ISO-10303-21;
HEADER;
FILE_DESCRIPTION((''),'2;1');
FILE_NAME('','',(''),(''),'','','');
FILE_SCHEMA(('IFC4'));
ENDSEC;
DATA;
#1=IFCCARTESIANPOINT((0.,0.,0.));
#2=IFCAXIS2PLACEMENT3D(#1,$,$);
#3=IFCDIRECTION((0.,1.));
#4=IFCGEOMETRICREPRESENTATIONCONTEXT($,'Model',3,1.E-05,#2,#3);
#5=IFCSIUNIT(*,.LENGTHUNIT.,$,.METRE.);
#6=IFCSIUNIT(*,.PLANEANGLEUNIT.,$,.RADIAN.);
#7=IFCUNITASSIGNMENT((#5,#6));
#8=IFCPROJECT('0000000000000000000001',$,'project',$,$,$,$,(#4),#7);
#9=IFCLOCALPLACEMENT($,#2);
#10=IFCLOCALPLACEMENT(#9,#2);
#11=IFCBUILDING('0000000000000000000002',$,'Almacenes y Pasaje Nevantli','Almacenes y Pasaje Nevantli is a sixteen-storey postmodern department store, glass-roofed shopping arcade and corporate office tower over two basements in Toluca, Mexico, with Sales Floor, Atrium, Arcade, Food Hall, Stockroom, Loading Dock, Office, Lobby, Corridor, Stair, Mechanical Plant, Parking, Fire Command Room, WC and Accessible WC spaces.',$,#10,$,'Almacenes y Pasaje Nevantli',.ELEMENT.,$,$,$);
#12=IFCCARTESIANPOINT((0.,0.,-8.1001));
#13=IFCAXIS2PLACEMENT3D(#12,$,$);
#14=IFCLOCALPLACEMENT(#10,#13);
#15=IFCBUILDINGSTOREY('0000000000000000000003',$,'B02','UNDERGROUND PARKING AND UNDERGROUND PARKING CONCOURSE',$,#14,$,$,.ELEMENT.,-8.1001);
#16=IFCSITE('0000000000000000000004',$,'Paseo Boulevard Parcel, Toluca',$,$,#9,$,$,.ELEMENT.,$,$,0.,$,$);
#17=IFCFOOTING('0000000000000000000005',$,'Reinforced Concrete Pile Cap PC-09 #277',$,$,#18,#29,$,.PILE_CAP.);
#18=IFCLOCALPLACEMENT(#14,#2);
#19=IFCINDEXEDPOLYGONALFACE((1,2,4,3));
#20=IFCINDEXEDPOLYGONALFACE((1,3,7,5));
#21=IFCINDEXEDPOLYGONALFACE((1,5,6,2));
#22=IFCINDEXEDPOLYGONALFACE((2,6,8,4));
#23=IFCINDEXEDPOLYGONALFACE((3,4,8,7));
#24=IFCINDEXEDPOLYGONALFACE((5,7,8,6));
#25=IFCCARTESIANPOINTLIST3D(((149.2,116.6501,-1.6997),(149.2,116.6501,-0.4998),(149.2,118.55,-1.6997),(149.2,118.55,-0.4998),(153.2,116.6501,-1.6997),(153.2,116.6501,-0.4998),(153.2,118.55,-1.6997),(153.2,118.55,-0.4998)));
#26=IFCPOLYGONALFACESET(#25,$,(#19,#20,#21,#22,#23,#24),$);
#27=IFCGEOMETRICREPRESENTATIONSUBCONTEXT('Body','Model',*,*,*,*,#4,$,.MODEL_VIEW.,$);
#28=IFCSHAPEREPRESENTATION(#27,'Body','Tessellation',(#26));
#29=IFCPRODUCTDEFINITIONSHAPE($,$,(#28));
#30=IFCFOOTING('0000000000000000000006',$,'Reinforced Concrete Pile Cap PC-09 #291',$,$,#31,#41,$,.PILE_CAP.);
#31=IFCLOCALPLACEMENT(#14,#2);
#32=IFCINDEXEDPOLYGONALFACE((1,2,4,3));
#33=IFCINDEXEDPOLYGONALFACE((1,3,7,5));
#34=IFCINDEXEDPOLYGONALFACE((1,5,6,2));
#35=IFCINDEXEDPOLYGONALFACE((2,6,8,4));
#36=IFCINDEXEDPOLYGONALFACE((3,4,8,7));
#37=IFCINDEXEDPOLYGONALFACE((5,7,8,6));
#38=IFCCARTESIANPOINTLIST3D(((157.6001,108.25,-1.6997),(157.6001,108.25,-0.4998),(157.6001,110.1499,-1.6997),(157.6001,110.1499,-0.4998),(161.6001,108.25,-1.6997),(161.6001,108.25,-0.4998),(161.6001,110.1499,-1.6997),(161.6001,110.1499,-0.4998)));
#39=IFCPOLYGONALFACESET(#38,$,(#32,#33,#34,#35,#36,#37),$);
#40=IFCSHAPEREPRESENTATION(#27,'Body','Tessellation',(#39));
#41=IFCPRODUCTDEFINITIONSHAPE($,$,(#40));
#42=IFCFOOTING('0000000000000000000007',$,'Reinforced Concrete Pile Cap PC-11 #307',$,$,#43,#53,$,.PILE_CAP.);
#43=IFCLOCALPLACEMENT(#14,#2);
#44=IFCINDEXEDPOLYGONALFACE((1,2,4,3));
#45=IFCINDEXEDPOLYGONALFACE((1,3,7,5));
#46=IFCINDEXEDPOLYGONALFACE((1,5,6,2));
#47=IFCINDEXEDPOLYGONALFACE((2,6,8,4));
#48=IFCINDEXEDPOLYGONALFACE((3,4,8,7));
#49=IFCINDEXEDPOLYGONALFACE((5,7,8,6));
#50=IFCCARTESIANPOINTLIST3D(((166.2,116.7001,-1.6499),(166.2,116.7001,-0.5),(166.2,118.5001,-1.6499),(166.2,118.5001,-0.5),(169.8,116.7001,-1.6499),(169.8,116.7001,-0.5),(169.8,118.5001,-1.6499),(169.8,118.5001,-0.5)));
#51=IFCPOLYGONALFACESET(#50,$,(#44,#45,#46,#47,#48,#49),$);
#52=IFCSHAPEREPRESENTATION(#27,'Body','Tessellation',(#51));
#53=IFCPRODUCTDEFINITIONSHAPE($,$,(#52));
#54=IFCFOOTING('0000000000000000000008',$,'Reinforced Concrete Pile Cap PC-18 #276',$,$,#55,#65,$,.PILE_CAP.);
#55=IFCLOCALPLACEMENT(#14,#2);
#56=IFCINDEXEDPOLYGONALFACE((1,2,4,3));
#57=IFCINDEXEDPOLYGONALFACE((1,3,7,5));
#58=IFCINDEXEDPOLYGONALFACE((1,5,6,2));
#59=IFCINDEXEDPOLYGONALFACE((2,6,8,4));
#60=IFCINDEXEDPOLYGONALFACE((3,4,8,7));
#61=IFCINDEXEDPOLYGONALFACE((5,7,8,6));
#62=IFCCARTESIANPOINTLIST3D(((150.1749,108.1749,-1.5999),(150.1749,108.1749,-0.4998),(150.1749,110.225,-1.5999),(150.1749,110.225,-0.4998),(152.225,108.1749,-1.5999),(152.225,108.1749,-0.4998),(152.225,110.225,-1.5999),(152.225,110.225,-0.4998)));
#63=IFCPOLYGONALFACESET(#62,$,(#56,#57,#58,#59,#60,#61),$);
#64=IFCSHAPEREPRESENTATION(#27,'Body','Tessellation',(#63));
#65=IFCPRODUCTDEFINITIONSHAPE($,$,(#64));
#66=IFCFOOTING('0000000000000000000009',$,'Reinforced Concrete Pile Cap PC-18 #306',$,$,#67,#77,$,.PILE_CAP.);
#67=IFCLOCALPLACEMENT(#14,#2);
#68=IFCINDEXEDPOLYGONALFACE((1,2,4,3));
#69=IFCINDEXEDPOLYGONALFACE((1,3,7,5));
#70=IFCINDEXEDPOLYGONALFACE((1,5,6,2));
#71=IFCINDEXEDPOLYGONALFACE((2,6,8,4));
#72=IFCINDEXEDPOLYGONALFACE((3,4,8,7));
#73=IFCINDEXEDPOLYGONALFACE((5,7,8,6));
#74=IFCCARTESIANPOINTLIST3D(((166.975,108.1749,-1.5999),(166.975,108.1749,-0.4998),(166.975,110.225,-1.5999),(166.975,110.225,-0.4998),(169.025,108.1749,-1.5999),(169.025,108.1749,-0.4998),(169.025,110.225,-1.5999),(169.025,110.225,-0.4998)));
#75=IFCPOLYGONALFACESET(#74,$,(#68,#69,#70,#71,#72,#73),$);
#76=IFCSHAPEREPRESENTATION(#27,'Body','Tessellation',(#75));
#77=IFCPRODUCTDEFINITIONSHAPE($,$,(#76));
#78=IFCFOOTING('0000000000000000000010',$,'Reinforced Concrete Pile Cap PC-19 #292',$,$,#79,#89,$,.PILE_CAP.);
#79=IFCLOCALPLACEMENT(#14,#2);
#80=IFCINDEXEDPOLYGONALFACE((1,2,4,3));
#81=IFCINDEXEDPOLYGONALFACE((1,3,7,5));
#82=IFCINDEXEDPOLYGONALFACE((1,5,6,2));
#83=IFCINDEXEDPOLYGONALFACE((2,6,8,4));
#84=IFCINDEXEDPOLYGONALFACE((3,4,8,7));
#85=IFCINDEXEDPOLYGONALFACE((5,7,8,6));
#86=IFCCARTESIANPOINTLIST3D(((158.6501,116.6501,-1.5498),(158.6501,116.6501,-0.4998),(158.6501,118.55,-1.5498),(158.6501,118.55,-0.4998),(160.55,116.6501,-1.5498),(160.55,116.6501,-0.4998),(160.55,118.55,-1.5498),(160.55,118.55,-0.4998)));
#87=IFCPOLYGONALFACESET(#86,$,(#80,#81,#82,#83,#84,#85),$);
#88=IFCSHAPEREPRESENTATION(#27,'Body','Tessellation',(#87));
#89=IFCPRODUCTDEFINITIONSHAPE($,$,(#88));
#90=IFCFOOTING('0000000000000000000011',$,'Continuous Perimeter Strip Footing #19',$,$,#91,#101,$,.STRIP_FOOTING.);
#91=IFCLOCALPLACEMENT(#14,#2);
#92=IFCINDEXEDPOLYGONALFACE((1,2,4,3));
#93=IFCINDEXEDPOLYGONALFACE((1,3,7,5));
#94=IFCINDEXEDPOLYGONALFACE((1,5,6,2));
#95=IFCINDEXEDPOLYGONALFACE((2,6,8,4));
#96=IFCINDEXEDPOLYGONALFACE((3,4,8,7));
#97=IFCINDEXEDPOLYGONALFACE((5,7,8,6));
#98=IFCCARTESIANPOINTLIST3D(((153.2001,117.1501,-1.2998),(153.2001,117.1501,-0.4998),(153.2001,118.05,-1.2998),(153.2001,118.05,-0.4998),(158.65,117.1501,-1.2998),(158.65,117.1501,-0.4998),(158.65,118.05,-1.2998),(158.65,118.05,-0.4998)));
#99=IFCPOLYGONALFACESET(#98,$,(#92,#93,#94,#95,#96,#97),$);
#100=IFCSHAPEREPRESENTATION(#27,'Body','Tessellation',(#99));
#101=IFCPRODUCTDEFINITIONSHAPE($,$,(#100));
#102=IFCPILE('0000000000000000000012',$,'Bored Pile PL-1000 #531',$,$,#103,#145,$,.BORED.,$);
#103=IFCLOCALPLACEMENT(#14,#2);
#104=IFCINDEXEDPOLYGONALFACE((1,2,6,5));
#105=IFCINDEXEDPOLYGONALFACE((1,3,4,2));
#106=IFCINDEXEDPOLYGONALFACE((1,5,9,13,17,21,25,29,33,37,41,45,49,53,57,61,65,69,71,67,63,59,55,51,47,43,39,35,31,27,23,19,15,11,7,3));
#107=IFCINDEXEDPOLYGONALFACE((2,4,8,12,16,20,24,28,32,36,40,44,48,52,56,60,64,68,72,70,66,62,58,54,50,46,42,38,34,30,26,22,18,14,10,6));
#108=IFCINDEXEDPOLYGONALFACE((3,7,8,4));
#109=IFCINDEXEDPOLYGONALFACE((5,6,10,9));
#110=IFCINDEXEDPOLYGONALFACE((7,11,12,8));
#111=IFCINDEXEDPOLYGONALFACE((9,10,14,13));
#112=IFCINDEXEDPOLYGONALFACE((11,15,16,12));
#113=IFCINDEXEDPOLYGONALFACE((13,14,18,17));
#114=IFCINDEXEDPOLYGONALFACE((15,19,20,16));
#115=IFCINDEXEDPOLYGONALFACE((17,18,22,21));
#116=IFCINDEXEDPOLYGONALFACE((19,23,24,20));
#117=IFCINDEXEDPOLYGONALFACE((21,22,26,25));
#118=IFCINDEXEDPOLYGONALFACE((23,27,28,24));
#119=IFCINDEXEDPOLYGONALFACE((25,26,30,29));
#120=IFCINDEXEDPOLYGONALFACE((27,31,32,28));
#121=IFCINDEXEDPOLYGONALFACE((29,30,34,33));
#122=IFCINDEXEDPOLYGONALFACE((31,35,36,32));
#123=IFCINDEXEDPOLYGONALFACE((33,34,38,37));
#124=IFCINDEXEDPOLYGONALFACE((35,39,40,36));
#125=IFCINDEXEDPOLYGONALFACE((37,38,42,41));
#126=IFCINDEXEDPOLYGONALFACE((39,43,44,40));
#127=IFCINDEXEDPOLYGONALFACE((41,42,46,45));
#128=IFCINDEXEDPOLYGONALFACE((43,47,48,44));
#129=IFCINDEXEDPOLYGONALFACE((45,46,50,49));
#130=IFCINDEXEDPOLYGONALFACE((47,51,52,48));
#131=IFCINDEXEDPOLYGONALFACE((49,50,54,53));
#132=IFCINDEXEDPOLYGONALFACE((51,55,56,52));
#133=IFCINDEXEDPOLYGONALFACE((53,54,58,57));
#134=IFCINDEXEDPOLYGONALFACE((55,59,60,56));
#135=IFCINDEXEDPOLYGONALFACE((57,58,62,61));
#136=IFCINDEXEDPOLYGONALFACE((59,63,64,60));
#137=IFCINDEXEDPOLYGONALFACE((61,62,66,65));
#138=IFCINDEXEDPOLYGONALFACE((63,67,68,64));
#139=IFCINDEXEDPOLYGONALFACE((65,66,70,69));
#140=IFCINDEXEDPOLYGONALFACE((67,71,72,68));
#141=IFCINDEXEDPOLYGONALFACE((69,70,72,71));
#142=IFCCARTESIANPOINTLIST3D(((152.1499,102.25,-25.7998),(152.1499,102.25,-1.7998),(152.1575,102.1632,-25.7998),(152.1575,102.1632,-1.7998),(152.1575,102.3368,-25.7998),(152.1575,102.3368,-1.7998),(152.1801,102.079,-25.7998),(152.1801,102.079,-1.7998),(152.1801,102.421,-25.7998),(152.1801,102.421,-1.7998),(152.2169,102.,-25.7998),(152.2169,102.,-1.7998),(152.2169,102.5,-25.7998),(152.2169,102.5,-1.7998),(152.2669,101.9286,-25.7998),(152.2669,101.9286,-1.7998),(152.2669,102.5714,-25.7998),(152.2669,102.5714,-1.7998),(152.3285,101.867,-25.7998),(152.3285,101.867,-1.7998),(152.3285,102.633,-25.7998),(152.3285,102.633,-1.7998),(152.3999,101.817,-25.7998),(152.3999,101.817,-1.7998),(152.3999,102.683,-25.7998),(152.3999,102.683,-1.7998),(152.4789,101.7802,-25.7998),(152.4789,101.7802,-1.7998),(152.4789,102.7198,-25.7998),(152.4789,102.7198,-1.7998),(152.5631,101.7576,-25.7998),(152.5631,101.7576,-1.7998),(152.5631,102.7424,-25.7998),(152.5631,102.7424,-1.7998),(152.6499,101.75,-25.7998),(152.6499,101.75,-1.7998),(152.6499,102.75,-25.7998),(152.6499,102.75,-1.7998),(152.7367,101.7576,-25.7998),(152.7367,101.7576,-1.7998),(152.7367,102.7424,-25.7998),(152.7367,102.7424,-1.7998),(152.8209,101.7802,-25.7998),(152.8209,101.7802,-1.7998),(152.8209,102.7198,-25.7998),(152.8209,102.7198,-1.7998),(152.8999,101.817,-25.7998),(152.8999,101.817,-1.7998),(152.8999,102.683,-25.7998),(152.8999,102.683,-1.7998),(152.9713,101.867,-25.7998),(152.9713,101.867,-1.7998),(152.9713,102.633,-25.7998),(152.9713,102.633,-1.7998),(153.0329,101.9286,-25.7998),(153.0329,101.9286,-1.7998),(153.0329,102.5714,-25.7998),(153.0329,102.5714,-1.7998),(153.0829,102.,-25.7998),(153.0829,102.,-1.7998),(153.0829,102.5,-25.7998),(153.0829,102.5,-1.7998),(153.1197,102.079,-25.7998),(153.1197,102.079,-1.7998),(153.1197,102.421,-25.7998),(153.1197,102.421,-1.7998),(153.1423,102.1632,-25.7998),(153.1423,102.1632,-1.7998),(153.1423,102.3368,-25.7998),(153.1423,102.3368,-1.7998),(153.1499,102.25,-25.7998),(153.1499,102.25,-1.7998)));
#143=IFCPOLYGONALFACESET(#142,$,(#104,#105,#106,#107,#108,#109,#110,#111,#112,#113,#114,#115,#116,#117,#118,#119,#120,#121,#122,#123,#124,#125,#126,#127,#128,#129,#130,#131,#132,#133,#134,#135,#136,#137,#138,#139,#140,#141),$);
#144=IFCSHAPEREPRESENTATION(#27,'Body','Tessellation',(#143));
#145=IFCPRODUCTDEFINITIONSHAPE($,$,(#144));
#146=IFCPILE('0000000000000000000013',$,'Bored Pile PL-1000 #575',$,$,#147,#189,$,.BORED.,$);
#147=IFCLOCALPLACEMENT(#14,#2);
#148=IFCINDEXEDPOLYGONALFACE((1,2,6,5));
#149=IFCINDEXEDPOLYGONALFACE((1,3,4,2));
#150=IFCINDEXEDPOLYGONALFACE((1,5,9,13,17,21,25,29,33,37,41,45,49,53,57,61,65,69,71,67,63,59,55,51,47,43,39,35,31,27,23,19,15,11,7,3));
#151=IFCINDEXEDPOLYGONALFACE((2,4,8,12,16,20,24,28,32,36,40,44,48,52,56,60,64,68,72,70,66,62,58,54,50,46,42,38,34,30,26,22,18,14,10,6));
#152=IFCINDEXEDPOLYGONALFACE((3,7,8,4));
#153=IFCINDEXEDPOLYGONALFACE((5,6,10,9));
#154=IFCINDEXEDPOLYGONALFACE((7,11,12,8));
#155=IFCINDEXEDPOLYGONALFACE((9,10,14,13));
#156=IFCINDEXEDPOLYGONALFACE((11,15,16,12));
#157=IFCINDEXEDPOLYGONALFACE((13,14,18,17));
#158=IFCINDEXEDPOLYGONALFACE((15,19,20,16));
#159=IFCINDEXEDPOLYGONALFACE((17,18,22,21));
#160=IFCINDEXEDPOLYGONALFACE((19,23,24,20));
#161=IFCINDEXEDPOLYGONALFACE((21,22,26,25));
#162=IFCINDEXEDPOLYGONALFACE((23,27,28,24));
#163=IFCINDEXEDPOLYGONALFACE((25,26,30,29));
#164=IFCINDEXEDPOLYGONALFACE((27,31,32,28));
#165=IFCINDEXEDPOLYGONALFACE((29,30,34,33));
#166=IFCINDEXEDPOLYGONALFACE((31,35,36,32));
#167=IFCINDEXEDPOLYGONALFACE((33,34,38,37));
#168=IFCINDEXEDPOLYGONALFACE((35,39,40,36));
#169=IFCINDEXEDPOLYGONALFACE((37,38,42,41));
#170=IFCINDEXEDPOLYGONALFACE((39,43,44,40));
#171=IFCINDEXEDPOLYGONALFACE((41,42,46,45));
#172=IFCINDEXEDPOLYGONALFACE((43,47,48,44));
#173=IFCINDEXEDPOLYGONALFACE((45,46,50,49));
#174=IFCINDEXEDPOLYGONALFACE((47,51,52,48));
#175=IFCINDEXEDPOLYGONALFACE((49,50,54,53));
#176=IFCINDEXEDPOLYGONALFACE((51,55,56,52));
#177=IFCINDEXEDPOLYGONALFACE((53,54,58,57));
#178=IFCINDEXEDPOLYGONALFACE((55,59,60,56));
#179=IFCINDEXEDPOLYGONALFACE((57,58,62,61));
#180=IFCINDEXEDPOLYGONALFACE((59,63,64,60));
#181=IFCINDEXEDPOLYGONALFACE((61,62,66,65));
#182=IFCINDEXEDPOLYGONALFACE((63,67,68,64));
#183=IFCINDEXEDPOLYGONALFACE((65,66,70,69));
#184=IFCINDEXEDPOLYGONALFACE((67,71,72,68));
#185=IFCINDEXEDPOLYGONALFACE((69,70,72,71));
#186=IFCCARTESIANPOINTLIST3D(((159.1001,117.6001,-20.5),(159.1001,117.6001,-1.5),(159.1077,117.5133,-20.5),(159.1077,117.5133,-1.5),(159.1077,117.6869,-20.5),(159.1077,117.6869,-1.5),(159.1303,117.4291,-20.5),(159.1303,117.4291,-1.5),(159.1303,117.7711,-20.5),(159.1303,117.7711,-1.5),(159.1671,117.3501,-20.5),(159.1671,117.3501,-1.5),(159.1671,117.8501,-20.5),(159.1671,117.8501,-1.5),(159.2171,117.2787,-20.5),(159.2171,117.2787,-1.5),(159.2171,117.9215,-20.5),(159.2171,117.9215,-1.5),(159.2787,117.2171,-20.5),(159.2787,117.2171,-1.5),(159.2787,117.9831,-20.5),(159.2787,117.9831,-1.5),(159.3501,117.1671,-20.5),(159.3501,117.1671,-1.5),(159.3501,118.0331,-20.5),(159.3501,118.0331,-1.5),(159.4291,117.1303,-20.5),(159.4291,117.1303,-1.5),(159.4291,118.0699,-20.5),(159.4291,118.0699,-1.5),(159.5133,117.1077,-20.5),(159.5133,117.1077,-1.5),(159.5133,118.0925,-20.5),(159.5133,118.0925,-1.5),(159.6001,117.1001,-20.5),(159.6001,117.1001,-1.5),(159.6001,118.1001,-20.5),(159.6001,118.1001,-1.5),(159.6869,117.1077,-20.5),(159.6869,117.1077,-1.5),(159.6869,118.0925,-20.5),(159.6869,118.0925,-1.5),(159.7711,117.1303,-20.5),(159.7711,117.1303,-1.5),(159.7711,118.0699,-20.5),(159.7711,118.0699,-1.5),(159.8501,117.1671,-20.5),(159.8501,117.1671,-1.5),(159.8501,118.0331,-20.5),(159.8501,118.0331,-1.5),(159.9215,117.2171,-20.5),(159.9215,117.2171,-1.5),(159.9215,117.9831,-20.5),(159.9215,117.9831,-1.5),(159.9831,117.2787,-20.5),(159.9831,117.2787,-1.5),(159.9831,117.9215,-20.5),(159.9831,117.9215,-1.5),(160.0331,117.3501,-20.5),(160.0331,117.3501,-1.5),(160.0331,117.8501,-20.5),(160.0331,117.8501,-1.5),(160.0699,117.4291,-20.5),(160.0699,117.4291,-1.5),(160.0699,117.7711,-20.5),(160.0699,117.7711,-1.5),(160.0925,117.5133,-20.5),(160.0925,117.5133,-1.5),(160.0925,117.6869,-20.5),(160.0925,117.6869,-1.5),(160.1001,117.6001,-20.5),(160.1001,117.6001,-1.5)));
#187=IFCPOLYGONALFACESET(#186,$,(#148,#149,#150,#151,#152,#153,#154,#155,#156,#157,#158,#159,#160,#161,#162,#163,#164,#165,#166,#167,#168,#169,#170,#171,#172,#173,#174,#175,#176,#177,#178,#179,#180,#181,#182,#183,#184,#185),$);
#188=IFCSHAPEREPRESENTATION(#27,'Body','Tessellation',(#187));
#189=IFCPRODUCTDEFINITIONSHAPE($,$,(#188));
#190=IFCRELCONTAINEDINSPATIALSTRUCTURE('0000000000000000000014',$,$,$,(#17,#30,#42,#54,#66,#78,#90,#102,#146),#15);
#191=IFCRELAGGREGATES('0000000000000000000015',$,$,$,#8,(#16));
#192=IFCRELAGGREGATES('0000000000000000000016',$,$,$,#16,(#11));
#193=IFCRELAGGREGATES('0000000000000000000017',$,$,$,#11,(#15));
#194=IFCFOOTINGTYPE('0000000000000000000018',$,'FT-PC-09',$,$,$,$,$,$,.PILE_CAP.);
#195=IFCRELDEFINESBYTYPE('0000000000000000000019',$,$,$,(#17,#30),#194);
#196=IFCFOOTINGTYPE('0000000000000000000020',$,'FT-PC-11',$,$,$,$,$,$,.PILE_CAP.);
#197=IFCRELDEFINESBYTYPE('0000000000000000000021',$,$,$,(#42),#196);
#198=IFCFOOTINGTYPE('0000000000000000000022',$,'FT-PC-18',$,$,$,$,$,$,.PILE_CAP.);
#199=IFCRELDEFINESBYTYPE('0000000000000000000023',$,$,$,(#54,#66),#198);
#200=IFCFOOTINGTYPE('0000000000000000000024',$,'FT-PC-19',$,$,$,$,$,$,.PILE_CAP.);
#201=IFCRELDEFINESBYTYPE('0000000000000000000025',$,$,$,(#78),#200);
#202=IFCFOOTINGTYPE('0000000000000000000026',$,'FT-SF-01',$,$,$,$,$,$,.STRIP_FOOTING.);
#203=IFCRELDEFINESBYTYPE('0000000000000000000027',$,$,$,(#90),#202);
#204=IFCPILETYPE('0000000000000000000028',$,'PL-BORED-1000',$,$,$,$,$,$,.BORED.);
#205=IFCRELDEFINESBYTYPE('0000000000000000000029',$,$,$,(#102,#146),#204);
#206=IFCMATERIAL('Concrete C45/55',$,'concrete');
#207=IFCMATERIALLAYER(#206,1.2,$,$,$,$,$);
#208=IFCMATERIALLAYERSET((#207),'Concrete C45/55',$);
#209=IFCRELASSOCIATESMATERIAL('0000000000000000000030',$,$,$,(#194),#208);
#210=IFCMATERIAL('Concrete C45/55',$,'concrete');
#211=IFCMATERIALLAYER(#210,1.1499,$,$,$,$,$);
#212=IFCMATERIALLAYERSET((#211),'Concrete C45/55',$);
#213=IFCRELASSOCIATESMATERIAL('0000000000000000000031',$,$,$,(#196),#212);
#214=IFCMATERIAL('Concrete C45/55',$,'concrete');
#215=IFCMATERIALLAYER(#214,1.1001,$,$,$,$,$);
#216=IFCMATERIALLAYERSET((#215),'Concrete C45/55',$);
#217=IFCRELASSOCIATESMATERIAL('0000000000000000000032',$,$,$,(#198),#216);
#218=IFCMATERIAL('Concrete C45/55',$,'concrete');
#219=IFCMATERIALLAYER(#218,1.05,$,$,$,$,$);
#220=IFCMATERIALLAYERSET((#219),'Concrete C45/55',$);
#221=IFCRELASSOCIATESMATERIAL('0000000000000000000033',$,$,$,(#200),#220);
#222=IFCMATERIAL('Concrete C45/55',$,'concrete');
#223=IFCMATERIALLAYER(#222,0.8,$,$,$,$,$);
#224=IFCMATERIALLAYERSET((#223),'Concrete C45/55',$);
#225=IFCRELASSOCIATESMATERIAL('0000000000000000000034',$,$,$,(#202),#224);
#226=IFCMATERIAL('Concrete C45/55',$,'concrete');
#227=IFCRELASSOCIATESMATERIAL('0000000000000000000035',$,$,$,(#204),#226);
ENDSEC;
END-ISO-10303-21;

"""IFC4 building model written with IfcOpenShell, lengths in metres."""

from ifc_helpers import new_model, si_unit, direction, frame, origin, origin_2d, place, context, subcontext, project, spatial, rectangle, circle, extrude, material, layer, layer_set, material_profile, profile_set, type_object, element, save


model = new_model("IFC4")

# Units and contexts
model_context = context("Model", 3, precision=1e-05, world=origin(), true_north=direction((0.0, 1.0)))
body_context = subcontext(model_context, "Body", "Model", "MODEL_VIEW")
ifc_project = project(units=[si_unit("LENGTHUNIT", "METRE"), si_unit("PLANEANGLEUNIT", "RADIAN")], contexts=[model_context])

# Site, building, storey
site_placement = place(None, origin())
site = spatial("IfcSite", under=ifc_project, at=site_placement, Name="Paseo Boulevard Parcel, Toluca", CompositionType="ELEMENT", RefElevation=0.0)
building_placement = place(site_placement, origin())
building = spatial("IfcBuilding", under=site, at=building_placement, Name="Almacenes y Pasaje Nevantli", Description="Almacenes y Pasaje Nevantli is a sixteen-storey postmodern department store, glass-roofed shopping arcade and corporate office tower over two basements in Toluca, Mexico, with Sales Floor, Atrium, Arcade, Food Hall, Stockroom, Loading Dock, Office, Lobby, Corridor, Stair, Mechanical Plant, Parking, Fire Command Room, WC and Accessible WC spaces.", LongName="Almacenes y Pasaje Nevantli", CompositionType="ELEMENT")
storey_placement = place(building_placement, frame((0.0, 0.0, -8.1001)))
storey = spatial("IfcBuildingStorey", under=building, at=storey_placement, Name="B02", Description="UNDERGROUND PARKING AND UNDERGROUND PARKING CONCOURSE", CompositionType="ELEMENT", Elevation=-8.1001)

# Footings
ifc_material_1 = material(Name="Concrete C45/55", Category="concrete")
ifc_layer_1 = layer(ifc_material_1, 1.2)
ifc_layer_set_1 = layer_set([ifc_layer_1], Name="Concrete C45/55")
footing_type_1 = type_object("IfcFootingType", Name="FT-PC-09", PredefinedType="PILE_CAP", material=ifc_layer_set_1)
for number, where, z_axis, x_axis, name in (
    (1, (151.2, 117.6001, -1.6997), (0.0, 0.0, 1.0), (1.0, 0.0, 0.0), "Reinforced Concrete Pile Cap PC-09 #277"),
    (2, (159.6001, 109.2, -1.6997), (0.0, 0.0, 1.0), (1.0, 0.0, 0.0), "Reinforced Concrete Pile Cap PC-09 #291"),
):
    element("IfcFooting", number, at=place(storey_placement, frame(where, z_axis=z_axis, x_axis=x_axis)), inside=storey, type_object=footing_type_1, Name=name, PredefinedType="PILE_CAP", context=body_context, shape_type="SweptSolid", body=[
        extrude(rectangle(XDim=4.0, YDim=1.8999, at=origin_2d()), origin(), (0.0, 0.0, 1.0), 1.2),
    ])
ifc_material_2 = material(Name="Concrete C45/55", Category="concrete")
ifc_layer_2 = layer(ifc_material_2, 1.1499)
ifc_layer_set_2 = layer_set([ifc_layer_2], Name="Concrete C45/55")
footing_type_2 = type_object("IfcFootingType", Name="FT-PC-11", PredefinedType="PILE_CAP", material=ifc_layer_set_2)
footing_1_placement = place(storey_placement, frame((168.0, 117.6001, -1.6499), z_axis=(0.0, 0.0, 1.0), x_axis=(1.0, 0.0, 0.0)))
element("IfcFooting", 3, at=footing_1_placement, inside=storey, type_object=footing_type_2, Name="Reinforced Concrete Pile Cap PC-11 #307", PredefinedType="PILE_CAP", context=body_context, shape_type="SweptSolid", body=[
    extrude(rectangle(XDim=3.6001, YDim=1.8, at=origin_2d()), origin(), (0.0, 0.0, 1.0), 1.1499),
])
ifc_material_3 = material(Name="Concrete C45/55", Category="concrete")
ifc_layer_3 = layer(ifc_material_3, 1.1001)
ifc_layer_set_3 = layer_set([ifc_layer_3], Name="Concrete C45/55")
footing_type_3 = type_object("IfcFootingType", Name="FT-PC-18", PredefinedType="PILE_CAP", material=ifc_layer_set_3)
for number, where, z_axis, x_axis, name in (
    (4, (151.2, 109.2, -1.5999), (0.0, 0.0, 1.0), (1.0, 0.0, 0.0), "Reinforced Concrete Pile Cap PC-18 #276"),
    (5, (168.0, 109.2, -1.5999), (0.0, 0.0, 1.0), (1.0, 0.0, 0.0), "Reinforced Concrete Pile Cap PC-18 #306"),
):
    element("IfcFooting", number, at=place(storey_placement, frame(where, z_axis=z_axis, x_axis=x_axis)), inside=storey, type_object=footing_type_3, Name=name, PredefinedType="PILE_CAP", context=body_context, shape_type="SweptSolid", body=[
        extrude(rectangle(XDim=2.05, YDim=2.05, at=origin_2d()), origin(), (0.0, 0.0, 1.0), 1.1001),
    ])
ifc_material_4 = material(Name="Concrete C45/55", Category="concrete")
ifc_layer_4 = layer(ifc_material_4, 1.05)
ifc_layer_set_4 = layer_set([ifc_layer_4], Name="Concrete C45/55")
footing_type_4 = type_object("IfcFootingType", Name="FT-PC-19", PredefinedType="PILE_CAP", material=ifc_layer_set_4)
footing_2_placement = place(storey_placement, frame((159.6001, 117.6001, -1.5498), z_axis=(0.0, 0.0, 1.0), x_axis=(1.0, 0.0, 0.0)))
element("IfcFooting", 6, at=footing_2_placement, inside=storey, type_object=footing_type_4, Name="Reinforced Concrete Pile Cap PC-19 #292", PredefinedType="PILE_CAP", context=body_context, shape_type="SweptSolid", body=[
    extrude(rectangle(XDim=1.8999, YDim=1.8999, at=origin_2d()), origin(), (0.0, 0.0, 1.0), 1.05),
])
ifc_material_5 = material(Name="Concrete C45/55", Category="concrete")
ifc_layer_5 = layer(ifc_material_5, 0.8)
ifc_layer_set_5 = layer_set([ifc_layer_5], Name="Concrete C45/55")
footing_type_5 = type_object("IfcFootingType", Name="FT-SF-01", PredefinedType="STRIP_FOOTING", material=ifc_layer_set_5)
footing_3_placement = place(storey_placement, frame((155.925, 117.6001, -1.2998), z_axis=(0.0, 0.0, 1.0), x_axis=(1.0, 0.0, 0.0)))
element("IfcFooting", 7, at=footing_3_placement, inside=storey, type_object=footing_type_5, Name="Continuous Perimeter Strip Footing #19", PredefinedType="STRIP_FOOTING", context=body_context, shape_type="SweptSolid", body=[
    extrude(rectangle(XDim=5.45, YDim=0.8999, at=origin_2d()), origin(), (0.0, 0.0, 1.0), 0.8),
])

# Piles
ifc_material_6 = material(Name="Concrete C45/55", Category="concrete")
ifc_material_profile_1 = material_profile(ifc_material_6, circle(Radius=0.5, at=origin_2d()), Name="RC-PILE-D1000")
ifc_profile_set_1 = profile_set([ifc_material_profile_1], Name="Concrete C45/55")
pile_type_1 = type_object("IfcPileType", Name="PL-BORED-1000", PredefinedType="BORED", material=ifc_profile_set_1)
pile_1_placement = place(storey_placement, frame((152.6499, 102.25, -1.7998), z_axis=(0.0, 0.0, -1.0), x_axis=(1.0, 0.0, 0.0)))
element("IfcPile", 8, at=pile_1_placement, inside=storey, type_object=pile_type_1, Name="Bored Pile PL-1000 #531", PredefinedType="BORED", context=body_context, shape_type="SweptSolid", body=[
    extrude(circle(Radius=0.5, at=origin_2d()), origin(), (0.0, 0.0, 1.0), 24.0),
])
pile_2_placement = place(storey_placement, frame((159.6001, 117.6001, -1.5), z_axis=(0.0, 0.0, -1.0), x_axis=(1.0, 0.0, 0.0)))
element("IfcPile", 9, at=pile_2_placement, inside=storey, type_object=pile_type_1, Name="Bored Pile PL-1000 #575", PredefinedType="BORED", context=body_context, shape_type="SweptSolid", body=[
    extrude(circle(Radius=0.5, at=origin_2d()), origin(), (0.0, 0.0, 1.0), 19.0),
])

save(model, "model.ifc")
